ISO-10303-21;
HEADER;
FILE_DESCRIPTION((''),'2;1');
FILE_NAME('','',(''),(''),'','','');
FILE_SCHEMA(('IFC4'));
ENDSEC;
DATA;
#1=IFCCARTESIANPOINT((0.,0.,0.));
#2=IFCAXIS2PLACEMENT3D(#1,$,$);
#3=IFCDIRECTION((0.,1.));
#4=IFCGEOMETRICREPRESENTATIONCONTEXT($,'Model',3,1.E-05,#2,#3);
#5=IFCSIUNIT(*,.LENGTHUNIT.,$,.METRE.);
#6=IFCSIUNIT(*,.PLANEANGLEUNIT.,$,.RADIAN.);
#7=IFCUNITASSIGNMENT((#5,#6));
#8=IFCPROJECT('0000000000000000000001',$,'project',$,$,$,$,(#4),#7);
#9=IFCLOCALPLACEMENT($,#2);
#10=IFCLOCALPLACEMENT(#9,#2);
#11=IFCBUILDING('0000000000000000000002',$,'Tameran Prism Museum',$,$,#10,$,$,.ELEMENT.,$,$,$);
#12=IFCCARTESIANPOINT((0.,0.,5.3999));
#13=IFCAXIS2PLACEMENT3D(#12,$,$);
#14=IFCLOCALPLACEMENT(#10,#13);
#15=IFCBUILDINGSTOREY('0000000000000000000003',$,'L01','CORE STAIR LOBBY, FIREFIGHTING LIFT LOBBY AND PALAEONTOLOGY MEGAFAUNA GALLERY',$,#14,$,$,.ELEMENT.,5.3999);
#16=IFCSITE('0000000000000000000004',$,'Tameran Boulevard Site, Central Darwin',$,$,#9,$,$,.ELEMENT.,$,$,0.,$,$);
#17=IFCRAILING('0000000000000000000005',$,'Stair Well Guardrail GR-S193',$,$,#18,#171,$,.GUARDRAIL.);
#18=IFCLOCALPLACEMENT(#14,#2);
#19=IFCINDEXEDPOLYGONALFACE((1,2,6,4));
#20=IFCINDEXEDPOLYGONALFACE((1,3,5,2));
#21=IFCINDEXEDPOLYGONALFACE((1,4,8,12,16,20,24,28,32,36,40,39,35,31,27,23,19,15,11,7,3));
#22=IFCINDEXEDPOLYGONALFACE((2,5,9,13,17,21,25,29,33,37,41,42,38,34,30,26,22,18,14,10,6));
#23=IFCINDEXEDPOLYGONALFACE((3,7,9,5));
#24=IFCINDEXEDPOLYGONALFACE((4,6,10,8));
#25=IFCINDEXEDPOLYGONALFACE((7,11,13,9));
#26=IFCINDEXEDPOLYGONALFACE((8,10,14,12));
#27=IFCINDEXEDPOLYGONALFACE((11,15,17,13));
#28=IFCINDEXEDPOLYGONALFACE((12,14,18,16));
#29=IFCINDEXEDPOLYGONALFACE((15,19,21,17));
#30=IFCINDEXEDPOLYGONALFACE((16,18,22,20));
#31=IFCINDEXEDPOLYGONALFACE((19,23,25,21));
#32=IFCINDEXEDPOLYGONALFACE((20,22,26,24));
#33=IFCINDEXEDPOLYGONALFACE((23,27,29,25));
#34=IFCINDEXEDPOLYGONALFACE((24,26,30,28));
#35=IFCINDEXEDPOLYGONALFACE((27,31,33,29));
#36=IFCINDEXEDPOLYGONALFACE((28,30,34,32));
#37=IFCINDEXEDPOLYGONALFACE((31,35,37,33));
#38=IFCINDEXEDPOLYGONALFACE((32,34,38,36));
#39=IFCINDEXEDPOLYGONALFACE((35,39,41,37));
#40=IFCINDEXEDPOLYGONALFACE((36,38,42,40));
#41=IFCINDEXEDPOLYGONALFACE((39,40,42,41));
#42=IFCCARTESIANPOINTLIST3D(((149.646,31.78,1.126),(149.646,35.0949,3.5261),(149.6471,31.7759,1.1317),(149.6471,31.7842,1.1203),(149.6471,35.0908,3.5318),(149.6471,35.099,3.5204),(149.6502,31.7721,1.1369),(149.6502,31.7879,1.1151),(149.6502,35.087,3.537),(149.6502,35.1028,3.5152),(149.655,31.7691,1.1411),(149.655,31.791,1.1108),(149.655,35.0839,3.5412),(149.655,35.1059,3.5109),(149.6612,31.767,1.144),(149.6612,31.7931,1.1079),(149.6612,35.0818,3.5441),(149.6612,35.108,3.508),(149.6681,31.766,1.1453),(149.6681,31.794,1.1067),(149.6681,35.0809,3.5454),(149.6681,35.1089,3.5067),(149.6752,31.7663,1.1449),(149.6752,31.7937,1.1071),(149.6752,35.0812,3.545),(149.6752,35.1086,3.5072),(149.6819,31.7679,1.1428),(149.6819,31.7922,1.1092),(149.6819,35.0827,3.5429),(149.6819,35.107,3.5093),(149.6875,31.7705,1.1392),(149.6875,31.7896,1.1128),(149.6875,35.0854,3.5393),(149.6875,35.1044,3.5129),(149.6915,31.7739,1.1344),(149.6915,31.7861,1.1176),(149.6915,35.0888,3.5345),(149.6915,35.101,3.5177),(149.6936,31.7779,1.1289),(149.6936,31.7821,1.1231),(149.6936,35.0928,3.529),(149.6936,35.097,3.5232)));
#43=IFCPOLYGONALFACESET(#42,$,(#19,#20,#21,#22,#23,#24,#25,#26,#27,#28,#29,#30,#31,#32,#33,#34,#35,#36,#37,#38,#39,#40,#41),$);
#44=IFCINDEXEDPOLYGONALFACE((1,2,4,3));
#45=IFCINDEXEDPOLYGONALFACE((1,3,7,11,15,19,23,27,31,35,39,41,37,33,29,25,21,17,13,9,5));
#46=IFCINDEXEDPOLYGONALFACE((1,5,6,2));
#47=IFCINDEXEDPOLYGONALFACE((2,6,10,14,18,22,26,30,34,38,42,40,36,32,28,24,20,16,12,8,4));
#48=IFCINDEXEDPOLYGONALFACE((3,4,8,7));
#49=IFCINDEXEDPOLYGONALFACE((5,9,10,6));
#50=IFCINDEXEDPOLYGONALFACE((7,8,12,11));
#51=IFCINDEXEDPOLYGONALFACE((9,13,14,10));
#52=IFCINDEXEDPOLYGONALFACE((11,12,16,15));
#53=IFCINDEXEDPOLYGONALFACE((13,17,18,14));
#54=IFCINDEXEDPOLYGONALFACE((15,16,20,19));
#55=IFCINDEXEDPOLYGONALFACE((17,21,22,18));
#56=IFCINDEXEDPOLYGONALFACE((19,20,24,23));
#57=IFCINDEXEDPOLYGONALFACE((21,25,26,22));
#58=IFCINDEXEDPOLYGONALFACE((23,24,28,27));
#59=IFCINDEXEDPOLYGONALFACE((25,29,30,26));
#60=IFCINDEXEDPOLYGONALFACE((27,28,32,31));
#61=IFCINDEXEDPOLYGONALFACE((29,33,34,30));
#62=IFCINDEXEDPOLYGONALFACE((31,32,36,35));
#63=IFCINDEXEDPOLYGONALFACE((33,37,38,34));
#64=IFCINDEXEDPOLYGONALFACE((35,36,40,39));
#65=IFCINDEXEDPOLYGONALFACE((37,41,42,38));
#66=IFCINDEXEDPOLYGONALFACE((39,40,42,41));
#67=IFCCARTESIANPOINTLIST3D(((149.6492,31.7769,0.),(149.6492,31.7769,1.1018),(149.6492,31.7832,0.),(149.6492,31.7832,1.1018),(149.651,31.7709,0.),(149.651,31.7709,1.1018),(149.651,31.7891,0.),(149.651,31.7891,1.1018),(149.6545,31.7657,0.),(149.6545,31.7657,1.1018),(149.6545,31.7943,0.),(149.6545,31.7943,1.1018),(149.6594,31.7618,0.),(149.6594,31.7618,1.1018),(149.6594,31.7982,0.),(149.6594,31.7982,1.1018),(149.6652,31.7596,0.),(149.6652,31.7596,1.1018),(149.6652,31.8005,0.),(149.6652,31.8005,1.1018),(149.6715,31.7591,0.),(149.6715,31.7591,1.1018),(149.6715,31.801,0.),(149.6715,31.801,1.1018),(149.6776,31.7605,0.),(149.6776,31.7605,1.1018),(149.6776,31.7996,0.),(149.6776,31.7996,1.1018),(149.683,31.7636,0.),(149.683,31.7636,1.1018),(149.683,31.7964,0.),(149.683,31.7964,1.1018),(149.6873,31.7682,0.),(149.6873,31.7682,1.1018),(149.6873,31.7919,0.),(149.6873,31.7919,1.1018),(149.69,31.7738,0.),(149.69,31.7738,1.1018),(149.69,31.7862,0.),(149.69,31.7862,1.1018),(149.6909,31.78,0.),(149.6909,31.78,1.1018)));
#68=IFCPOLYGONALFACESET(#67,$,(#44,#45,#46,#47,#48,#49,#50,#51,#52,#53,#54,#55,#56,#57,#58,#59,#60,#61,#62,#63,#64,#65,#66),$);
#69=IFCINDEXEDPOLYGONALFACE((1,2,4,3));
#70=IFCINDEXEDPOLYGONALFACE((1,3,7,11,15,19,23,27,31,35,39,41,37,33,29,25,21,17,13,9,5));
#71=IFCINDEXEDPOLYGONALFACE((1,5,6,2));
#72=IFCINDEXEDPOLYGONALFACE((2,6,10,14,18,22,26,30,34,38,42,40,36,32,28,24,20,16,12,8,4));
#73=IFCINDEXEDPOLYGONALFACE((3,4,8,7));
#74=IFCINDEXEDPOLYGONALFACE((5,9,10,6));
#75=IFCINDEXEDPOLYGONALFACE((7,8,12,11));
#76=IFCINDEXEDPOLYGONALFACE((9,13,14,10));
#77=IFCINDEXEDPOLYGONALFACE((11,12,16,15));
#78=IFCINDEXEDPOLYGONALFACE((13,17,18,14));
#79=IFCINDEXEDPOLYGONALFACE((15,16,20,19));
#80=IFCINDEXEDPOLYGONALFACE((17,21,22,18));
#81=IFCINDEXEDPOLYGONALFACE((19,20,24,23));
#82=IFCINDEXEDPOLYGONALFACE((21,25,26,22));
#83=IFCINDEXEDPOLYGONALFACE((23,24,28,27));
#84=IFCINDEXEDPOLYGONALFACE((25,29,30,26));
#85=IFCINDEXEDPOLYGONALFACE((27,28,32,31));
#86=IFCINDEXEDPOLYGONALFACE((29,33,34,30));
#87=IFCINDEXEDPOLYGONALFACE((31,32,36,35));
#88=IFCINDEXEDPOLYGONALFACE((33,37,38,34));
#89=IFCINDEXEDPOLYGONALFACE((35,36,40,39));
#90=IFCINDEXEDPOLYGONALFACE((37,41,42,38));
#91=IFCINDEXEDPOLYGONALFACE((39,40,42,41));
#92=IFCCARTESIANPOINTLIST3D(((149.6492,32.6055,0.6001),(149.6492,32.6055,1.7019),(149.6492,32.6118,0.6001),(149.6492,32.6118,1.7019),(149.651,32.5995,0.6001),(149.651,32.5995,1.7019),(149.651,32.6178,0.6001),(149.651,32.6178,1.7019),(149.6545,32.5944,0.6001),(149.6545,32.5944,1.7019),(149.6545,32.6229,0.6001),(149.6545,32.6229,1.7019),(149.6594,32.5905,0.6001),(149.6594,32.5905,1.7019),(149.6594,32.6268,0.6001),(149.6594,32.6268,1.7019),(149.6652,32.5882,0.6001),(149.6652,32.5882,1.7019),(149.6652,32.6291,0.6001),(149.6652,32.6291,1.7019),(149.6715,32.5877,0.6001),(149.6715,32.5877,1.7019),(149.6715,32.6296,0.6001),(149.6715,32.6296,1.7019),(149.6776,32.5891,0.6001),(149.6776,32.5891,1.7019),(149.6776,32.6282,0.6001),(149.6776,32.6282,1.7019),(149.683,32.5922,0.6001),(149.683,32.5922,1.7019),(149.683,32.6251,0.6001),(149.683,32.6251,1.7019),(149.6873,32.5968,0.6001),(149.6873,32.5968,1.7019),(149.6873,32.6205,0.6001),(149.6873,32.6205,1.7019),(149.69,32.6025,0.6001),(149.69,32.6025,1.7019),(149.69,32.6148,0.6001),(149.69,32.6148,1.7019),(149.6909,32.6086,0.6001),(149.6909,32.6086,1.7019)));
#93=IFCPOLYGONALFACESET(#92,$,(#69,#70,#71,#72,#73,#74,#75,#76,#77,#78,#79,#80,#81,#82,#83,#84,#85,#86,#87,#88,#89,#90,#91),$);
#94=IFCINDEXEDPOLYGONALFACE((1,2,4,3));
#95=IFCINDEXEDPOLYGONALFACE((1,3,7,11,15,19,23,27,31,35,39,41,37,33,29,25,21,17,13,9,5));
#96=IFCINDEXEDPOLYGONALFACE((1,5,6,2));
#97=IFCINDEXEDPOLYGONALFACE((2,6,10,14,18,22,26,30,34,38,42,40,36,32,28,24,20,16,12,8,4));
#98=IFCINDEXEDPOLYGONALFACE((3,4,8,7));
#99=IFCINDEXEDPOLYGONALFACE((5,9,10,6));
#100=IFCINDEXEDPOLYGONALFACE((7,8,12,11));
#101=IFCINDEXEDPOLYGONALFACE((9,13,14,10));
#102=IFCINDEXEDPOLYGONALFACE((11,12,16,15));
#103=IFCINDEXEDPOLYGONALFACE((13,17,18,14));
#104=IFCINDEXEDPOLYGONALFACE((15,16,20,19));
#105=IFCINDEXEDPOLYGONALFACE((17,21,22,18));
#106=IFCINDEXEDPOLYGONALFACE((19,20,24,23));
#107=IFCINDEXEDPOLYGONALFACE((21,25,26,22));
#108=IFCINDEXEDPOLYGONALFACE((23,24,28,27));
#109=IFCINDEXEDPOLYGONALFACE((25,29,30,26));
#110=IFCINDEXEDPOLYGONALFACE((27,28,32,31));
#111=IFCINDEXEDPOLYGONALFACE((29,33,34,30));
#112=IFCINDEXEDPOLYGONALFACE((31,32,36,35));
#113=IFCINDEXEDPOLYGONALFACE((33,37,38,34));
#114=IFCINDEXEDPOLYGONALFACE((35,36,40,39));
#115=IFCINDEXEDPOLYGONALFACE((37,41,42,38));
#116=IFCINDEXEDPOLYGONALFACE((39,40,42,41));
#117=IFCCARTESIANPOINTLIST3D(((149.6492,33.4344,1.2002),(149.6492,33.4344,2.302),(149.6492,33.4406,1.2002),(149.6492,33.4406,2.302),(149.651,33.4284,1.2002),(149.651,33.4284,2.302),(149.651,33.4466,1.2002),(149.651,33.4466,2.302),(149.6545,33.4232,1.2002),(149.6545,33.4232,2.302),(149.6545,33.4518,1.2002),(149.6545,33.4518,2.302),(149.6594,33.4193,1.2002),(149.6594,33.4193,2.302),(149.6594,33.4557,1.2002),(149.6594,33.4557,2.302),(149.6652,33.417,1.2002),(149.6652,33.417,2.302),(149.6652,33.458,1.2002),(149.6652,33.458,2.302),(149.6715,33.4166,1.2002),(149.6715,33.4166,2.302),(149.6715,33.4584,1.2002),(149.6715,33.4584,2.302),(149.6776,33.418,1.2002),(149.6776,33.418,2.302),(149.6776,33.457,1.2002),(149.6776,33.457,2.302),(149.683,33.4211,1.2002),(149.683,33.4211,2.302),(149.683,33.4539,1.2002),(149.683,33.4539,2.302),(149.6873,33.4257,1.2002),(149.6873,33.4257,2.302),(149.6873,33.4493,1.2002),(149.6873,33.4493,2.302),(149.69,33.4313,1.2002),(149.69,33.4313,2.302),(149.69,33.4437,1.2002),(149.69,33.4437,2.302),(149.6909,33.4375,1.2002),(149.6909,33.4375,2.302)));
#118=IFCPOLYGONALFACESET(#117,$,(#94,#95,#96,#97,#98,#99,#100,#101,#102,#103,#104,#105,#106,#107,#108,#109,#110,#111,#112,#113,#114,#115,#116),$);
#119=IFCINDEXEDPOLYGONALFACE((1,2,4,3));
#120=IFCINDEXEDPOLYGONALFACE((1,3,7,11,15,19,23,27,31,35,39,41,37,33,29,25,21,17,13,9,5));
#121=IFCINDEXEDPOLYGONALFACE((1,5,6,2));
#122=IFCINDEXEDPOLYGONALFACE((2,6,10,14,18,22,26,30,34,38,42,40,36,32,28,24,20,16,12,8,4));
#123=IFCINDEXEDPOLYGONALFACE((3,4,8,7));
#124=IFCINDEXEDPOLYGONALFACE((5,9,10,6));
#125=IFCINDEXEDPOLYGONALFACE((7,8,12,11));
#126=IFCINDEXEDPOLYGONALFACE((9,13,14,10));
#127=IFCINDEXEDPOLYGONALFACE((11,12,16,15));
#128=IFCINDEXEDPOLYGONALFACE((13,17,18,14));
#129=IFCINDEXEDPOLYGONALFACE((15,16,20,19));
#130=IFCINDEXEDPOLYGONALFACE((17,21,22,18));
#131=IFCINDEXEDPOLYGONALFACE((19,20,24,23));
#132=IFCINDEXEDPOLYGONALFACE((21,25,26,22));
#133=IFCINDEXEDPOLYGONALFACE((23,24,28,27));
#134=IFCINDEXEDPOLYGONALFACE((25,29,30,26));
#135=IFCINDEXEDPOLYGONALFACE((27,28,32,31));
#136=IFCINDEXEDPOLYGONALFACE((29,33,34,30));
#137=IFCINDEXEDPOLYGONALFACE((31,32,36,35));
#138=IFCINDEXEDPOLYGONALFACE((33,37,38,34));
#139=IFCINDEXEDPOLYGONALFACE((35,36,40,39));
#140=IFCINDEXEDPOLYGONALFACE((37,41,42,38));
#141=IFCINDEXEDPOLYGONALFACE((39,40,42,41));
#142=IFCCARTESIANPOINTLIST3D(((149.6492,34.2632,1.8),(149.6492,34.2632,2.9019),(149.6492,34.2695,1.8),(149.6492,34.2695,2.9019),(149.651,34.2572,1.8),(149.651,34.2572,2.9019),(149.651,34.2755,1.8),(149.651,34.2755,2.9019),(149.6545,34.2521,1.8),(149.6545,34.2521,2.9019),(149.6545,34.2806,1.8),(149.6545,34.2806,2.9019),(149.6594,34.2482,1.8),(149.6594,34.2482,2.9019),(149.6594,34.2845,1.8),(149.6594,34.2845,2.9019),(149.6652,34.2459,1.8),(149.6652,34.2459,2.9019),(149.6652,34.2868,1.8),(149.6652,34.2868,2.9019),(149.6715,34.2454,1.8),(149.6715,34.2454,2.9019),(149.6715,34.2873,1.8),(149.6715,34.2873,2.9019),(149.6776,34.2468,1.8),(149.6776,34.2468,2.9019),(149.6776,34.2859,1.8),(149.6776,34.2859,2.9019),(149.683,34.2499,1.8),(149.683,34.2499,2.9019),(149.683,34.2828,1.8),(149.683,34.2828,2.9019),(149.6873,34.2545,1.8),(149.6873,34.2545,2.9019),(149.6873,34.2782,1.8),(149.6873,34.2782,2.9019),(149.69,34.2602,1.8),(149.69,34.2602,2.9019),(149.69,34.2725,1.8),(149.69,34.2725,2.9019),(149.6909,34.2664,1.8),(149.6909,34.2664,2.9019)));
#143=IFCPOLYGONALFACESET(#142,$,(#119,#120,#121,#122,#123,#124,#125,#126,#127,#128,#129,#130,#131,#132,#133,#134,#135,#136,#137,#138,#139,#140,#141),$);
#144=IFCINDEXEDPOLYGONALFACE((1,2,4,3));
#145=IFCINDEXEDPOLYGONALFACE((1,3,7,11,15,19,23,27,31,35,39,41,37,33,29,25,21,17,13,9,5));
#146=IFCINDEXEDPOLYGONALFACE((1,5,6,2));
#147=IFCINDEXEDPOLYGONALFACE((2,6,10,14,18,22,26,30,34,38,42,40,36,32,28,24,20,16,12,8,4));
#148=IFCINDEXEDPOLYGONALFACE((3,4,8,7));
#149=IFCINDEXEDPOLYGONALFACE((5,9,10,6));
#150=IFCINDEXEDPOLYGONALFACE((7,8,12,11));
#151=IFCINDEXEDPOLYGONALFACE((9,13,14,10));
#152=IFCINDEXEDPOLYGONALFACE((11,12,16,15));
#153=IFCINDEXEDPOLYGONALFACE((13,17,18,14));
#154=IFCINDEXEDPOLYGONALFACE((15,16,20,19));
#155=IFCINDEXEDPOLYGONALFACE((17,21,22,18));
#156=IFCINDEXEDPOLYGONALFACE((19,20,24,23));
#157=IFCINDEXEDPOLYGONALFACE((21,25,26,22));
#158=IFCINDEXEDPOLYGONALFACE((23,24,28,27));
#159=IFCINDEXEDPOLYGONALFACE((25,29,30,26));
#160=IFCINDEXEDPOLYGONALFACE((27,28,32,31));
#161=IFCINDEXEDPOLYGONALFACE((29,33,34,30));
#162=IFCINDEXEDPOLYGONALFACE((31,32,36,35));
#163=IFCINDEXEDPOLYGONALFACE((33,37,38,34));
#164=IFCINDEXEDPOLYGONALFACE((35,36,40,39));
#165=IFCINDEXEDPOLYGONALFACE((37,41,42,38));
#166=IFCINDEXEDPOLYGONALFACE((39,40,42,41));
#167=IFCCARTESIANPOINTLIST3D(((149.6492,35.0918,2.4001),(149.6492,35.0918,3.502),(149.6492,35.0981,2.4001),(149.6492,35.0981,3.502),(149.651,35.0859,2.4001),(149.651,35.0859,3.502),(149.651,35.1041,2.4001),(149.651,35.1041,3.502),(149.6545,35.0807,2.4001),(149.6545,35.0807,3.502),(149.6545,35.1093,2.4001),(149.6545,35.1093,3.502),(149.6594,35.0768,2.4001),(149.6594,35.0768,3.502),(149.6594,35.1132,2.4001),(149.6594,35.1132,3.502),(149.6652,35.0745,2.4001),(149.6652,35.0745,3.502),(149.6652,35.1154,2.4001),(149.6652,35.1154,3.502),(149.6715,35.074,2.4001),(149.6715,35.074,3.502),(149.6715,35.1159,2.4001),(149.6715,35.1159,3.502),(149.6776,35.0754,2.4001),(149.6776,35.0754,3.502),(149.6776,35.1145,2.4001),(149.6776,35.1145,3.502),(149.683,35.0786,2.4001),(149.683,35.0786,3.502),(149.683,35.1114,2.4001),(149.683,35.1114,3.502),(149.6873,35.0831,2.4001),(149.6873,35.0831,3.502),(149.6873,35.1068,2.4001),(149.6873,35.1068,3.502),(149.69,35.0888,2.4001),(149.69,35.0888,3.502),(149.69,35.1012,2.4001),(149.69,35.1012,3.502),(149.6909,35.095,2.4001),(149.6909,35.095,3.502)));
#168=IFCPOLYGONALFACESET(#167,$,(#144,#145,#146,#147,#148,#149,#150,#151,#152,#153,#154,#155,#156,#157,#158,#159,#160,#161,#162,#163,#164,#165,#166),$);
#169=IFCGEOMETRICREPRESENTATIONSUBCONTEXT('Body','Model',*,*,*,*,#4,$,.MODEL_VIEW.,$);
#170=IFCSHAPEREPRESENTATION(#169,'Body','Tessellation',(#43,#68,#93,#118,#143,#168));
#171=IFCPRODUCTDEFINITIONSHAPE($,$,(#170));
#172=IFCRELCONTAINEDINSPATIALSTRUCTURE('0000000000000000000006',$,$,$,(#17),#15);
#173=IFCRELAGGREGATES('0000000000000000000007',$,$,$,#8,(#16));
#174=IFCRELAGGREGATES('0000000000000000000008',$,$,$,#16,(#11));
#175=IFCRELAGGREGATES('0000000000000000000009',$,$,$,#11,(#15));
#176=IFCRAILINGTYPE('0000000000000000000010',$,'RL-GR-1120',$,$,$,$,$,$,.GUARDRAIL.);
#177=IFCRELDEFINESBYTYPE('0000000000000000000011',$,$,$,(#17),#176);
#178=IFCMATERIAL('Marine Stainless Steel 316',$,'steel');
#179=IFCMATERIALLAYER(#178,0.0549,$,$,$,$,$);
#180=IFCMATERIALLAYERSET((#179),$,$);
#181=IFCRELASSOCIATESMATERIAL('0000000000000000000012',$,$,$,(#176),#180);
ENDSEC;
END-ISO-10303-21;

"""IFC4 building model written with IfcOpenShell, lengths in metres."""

from ifc_helpers import new_model, si_unit, direction, frame, origin, origin_2d, place, context, subcontext, project, spatial, circle, extrude, material, layer, layer_set, type_object, element, save


model = new_model("IFC4")

# Units and contexts
model_context = context("Model", 3, precision=1e-05, world=origin(), true_north=direction((0.0, 1.0)))
body_context = subcontext(model_context, "Body", "Model", "MODEL_VIEW")
ifc_project = project(units=[si_unit("LENGTHUNIT", "METRE"), si_unit("PLANEANGLEUNIT", "RADIAN")], contexts=[model_context])

# Site, building, storey
site_placement = place(None, origin())
site = spatial("IfcSite", under=ifc_project, at=site_placement, Name="Tameran Boulevard Site, Central Darwin", CompositionType="ELEMENT", RefElevation=0.0)
building_placement = place(site_placement, origin())
building = spatial("IfcBuilding", under=site, at=building_placement, Name="Tameran Prism Museum", CompositionType="ELEMENT")
storey_placement = place(building_placement, frame((0.0, 0.0, 5.3999)))
storey = spatial("IfcBuildingStorey", under=building, at=storey_placement, Name="L01", Description="CORE STAIR LOBBY, FIREFIGHTING LIFT LOBBY AND PALAEONTOLOGY MEGAFAUNA GALLERY", CompositionType="ELEMENT", Elevation=5.3999)

# Railing
ifc_material_1 = material(Name="Marine Stainless Steel 316", Category="steel")
ifc_layer_1 = layer(ifc_material_1, 0.0549)
ifc_layer_set_1 = layer_set([ifc_layer_1])
railing_type_1 = type_object("IfcRailingType", Name="RL-GR-1120", PredefinedType="GUARDRAIL", material=ifc_layer_set_1)
railing_1_placement = place(storey_placement, frame((149.6699, 31.78, 0.0)))
element("IfcRailing", 1, at=railing_1_placement, inside=storey, type_object=railing_type_1, Name="Stair Well Guardrail GR-S193", PredefinedType="GUARDRAIL", context=body_context, shape_type="SweptSolid", body=[
    extrude(circle(Radius=0.0239, at=origin_2d()), frame((0.0, 0.0, 1.126), z_axis=(0.0, 0.80998, 0.586457), x_axis=(-1.0, 0.0, 0.0)), (0.0, 0.0, 1.0), 4.0925),
    extrude(circle(Radius=0.021, at=origin_2d()), origin(), (0.0, 0.0, 1.0), 1.1018),
    extrude(circle(Radius=0.021, at=origin_2d()), frame((0.0, 0.8286, 0.6001)), (0.0, 0.0, 1.0), 1.1018),
    extrude(circle(Radius=0.021, at=origin_2d()), frame((0.0, 1.6575, 1.2002)), (0.0, 0.0, 1.0), 1.1018),
    extrude(circle(Radius=0.021, at=origin_2d()), frame((0.0, 2.4863, 1.8)), (0.0, 0.0, 1.0), 1.1018),
    extrude(circle(Radius=0.021, at=origin_2d()), frame((0.0, 3.3149, 2.4001)), (0.0, 0.0, 1.0), 1.1018),
])

save(model, "model.ifc")
